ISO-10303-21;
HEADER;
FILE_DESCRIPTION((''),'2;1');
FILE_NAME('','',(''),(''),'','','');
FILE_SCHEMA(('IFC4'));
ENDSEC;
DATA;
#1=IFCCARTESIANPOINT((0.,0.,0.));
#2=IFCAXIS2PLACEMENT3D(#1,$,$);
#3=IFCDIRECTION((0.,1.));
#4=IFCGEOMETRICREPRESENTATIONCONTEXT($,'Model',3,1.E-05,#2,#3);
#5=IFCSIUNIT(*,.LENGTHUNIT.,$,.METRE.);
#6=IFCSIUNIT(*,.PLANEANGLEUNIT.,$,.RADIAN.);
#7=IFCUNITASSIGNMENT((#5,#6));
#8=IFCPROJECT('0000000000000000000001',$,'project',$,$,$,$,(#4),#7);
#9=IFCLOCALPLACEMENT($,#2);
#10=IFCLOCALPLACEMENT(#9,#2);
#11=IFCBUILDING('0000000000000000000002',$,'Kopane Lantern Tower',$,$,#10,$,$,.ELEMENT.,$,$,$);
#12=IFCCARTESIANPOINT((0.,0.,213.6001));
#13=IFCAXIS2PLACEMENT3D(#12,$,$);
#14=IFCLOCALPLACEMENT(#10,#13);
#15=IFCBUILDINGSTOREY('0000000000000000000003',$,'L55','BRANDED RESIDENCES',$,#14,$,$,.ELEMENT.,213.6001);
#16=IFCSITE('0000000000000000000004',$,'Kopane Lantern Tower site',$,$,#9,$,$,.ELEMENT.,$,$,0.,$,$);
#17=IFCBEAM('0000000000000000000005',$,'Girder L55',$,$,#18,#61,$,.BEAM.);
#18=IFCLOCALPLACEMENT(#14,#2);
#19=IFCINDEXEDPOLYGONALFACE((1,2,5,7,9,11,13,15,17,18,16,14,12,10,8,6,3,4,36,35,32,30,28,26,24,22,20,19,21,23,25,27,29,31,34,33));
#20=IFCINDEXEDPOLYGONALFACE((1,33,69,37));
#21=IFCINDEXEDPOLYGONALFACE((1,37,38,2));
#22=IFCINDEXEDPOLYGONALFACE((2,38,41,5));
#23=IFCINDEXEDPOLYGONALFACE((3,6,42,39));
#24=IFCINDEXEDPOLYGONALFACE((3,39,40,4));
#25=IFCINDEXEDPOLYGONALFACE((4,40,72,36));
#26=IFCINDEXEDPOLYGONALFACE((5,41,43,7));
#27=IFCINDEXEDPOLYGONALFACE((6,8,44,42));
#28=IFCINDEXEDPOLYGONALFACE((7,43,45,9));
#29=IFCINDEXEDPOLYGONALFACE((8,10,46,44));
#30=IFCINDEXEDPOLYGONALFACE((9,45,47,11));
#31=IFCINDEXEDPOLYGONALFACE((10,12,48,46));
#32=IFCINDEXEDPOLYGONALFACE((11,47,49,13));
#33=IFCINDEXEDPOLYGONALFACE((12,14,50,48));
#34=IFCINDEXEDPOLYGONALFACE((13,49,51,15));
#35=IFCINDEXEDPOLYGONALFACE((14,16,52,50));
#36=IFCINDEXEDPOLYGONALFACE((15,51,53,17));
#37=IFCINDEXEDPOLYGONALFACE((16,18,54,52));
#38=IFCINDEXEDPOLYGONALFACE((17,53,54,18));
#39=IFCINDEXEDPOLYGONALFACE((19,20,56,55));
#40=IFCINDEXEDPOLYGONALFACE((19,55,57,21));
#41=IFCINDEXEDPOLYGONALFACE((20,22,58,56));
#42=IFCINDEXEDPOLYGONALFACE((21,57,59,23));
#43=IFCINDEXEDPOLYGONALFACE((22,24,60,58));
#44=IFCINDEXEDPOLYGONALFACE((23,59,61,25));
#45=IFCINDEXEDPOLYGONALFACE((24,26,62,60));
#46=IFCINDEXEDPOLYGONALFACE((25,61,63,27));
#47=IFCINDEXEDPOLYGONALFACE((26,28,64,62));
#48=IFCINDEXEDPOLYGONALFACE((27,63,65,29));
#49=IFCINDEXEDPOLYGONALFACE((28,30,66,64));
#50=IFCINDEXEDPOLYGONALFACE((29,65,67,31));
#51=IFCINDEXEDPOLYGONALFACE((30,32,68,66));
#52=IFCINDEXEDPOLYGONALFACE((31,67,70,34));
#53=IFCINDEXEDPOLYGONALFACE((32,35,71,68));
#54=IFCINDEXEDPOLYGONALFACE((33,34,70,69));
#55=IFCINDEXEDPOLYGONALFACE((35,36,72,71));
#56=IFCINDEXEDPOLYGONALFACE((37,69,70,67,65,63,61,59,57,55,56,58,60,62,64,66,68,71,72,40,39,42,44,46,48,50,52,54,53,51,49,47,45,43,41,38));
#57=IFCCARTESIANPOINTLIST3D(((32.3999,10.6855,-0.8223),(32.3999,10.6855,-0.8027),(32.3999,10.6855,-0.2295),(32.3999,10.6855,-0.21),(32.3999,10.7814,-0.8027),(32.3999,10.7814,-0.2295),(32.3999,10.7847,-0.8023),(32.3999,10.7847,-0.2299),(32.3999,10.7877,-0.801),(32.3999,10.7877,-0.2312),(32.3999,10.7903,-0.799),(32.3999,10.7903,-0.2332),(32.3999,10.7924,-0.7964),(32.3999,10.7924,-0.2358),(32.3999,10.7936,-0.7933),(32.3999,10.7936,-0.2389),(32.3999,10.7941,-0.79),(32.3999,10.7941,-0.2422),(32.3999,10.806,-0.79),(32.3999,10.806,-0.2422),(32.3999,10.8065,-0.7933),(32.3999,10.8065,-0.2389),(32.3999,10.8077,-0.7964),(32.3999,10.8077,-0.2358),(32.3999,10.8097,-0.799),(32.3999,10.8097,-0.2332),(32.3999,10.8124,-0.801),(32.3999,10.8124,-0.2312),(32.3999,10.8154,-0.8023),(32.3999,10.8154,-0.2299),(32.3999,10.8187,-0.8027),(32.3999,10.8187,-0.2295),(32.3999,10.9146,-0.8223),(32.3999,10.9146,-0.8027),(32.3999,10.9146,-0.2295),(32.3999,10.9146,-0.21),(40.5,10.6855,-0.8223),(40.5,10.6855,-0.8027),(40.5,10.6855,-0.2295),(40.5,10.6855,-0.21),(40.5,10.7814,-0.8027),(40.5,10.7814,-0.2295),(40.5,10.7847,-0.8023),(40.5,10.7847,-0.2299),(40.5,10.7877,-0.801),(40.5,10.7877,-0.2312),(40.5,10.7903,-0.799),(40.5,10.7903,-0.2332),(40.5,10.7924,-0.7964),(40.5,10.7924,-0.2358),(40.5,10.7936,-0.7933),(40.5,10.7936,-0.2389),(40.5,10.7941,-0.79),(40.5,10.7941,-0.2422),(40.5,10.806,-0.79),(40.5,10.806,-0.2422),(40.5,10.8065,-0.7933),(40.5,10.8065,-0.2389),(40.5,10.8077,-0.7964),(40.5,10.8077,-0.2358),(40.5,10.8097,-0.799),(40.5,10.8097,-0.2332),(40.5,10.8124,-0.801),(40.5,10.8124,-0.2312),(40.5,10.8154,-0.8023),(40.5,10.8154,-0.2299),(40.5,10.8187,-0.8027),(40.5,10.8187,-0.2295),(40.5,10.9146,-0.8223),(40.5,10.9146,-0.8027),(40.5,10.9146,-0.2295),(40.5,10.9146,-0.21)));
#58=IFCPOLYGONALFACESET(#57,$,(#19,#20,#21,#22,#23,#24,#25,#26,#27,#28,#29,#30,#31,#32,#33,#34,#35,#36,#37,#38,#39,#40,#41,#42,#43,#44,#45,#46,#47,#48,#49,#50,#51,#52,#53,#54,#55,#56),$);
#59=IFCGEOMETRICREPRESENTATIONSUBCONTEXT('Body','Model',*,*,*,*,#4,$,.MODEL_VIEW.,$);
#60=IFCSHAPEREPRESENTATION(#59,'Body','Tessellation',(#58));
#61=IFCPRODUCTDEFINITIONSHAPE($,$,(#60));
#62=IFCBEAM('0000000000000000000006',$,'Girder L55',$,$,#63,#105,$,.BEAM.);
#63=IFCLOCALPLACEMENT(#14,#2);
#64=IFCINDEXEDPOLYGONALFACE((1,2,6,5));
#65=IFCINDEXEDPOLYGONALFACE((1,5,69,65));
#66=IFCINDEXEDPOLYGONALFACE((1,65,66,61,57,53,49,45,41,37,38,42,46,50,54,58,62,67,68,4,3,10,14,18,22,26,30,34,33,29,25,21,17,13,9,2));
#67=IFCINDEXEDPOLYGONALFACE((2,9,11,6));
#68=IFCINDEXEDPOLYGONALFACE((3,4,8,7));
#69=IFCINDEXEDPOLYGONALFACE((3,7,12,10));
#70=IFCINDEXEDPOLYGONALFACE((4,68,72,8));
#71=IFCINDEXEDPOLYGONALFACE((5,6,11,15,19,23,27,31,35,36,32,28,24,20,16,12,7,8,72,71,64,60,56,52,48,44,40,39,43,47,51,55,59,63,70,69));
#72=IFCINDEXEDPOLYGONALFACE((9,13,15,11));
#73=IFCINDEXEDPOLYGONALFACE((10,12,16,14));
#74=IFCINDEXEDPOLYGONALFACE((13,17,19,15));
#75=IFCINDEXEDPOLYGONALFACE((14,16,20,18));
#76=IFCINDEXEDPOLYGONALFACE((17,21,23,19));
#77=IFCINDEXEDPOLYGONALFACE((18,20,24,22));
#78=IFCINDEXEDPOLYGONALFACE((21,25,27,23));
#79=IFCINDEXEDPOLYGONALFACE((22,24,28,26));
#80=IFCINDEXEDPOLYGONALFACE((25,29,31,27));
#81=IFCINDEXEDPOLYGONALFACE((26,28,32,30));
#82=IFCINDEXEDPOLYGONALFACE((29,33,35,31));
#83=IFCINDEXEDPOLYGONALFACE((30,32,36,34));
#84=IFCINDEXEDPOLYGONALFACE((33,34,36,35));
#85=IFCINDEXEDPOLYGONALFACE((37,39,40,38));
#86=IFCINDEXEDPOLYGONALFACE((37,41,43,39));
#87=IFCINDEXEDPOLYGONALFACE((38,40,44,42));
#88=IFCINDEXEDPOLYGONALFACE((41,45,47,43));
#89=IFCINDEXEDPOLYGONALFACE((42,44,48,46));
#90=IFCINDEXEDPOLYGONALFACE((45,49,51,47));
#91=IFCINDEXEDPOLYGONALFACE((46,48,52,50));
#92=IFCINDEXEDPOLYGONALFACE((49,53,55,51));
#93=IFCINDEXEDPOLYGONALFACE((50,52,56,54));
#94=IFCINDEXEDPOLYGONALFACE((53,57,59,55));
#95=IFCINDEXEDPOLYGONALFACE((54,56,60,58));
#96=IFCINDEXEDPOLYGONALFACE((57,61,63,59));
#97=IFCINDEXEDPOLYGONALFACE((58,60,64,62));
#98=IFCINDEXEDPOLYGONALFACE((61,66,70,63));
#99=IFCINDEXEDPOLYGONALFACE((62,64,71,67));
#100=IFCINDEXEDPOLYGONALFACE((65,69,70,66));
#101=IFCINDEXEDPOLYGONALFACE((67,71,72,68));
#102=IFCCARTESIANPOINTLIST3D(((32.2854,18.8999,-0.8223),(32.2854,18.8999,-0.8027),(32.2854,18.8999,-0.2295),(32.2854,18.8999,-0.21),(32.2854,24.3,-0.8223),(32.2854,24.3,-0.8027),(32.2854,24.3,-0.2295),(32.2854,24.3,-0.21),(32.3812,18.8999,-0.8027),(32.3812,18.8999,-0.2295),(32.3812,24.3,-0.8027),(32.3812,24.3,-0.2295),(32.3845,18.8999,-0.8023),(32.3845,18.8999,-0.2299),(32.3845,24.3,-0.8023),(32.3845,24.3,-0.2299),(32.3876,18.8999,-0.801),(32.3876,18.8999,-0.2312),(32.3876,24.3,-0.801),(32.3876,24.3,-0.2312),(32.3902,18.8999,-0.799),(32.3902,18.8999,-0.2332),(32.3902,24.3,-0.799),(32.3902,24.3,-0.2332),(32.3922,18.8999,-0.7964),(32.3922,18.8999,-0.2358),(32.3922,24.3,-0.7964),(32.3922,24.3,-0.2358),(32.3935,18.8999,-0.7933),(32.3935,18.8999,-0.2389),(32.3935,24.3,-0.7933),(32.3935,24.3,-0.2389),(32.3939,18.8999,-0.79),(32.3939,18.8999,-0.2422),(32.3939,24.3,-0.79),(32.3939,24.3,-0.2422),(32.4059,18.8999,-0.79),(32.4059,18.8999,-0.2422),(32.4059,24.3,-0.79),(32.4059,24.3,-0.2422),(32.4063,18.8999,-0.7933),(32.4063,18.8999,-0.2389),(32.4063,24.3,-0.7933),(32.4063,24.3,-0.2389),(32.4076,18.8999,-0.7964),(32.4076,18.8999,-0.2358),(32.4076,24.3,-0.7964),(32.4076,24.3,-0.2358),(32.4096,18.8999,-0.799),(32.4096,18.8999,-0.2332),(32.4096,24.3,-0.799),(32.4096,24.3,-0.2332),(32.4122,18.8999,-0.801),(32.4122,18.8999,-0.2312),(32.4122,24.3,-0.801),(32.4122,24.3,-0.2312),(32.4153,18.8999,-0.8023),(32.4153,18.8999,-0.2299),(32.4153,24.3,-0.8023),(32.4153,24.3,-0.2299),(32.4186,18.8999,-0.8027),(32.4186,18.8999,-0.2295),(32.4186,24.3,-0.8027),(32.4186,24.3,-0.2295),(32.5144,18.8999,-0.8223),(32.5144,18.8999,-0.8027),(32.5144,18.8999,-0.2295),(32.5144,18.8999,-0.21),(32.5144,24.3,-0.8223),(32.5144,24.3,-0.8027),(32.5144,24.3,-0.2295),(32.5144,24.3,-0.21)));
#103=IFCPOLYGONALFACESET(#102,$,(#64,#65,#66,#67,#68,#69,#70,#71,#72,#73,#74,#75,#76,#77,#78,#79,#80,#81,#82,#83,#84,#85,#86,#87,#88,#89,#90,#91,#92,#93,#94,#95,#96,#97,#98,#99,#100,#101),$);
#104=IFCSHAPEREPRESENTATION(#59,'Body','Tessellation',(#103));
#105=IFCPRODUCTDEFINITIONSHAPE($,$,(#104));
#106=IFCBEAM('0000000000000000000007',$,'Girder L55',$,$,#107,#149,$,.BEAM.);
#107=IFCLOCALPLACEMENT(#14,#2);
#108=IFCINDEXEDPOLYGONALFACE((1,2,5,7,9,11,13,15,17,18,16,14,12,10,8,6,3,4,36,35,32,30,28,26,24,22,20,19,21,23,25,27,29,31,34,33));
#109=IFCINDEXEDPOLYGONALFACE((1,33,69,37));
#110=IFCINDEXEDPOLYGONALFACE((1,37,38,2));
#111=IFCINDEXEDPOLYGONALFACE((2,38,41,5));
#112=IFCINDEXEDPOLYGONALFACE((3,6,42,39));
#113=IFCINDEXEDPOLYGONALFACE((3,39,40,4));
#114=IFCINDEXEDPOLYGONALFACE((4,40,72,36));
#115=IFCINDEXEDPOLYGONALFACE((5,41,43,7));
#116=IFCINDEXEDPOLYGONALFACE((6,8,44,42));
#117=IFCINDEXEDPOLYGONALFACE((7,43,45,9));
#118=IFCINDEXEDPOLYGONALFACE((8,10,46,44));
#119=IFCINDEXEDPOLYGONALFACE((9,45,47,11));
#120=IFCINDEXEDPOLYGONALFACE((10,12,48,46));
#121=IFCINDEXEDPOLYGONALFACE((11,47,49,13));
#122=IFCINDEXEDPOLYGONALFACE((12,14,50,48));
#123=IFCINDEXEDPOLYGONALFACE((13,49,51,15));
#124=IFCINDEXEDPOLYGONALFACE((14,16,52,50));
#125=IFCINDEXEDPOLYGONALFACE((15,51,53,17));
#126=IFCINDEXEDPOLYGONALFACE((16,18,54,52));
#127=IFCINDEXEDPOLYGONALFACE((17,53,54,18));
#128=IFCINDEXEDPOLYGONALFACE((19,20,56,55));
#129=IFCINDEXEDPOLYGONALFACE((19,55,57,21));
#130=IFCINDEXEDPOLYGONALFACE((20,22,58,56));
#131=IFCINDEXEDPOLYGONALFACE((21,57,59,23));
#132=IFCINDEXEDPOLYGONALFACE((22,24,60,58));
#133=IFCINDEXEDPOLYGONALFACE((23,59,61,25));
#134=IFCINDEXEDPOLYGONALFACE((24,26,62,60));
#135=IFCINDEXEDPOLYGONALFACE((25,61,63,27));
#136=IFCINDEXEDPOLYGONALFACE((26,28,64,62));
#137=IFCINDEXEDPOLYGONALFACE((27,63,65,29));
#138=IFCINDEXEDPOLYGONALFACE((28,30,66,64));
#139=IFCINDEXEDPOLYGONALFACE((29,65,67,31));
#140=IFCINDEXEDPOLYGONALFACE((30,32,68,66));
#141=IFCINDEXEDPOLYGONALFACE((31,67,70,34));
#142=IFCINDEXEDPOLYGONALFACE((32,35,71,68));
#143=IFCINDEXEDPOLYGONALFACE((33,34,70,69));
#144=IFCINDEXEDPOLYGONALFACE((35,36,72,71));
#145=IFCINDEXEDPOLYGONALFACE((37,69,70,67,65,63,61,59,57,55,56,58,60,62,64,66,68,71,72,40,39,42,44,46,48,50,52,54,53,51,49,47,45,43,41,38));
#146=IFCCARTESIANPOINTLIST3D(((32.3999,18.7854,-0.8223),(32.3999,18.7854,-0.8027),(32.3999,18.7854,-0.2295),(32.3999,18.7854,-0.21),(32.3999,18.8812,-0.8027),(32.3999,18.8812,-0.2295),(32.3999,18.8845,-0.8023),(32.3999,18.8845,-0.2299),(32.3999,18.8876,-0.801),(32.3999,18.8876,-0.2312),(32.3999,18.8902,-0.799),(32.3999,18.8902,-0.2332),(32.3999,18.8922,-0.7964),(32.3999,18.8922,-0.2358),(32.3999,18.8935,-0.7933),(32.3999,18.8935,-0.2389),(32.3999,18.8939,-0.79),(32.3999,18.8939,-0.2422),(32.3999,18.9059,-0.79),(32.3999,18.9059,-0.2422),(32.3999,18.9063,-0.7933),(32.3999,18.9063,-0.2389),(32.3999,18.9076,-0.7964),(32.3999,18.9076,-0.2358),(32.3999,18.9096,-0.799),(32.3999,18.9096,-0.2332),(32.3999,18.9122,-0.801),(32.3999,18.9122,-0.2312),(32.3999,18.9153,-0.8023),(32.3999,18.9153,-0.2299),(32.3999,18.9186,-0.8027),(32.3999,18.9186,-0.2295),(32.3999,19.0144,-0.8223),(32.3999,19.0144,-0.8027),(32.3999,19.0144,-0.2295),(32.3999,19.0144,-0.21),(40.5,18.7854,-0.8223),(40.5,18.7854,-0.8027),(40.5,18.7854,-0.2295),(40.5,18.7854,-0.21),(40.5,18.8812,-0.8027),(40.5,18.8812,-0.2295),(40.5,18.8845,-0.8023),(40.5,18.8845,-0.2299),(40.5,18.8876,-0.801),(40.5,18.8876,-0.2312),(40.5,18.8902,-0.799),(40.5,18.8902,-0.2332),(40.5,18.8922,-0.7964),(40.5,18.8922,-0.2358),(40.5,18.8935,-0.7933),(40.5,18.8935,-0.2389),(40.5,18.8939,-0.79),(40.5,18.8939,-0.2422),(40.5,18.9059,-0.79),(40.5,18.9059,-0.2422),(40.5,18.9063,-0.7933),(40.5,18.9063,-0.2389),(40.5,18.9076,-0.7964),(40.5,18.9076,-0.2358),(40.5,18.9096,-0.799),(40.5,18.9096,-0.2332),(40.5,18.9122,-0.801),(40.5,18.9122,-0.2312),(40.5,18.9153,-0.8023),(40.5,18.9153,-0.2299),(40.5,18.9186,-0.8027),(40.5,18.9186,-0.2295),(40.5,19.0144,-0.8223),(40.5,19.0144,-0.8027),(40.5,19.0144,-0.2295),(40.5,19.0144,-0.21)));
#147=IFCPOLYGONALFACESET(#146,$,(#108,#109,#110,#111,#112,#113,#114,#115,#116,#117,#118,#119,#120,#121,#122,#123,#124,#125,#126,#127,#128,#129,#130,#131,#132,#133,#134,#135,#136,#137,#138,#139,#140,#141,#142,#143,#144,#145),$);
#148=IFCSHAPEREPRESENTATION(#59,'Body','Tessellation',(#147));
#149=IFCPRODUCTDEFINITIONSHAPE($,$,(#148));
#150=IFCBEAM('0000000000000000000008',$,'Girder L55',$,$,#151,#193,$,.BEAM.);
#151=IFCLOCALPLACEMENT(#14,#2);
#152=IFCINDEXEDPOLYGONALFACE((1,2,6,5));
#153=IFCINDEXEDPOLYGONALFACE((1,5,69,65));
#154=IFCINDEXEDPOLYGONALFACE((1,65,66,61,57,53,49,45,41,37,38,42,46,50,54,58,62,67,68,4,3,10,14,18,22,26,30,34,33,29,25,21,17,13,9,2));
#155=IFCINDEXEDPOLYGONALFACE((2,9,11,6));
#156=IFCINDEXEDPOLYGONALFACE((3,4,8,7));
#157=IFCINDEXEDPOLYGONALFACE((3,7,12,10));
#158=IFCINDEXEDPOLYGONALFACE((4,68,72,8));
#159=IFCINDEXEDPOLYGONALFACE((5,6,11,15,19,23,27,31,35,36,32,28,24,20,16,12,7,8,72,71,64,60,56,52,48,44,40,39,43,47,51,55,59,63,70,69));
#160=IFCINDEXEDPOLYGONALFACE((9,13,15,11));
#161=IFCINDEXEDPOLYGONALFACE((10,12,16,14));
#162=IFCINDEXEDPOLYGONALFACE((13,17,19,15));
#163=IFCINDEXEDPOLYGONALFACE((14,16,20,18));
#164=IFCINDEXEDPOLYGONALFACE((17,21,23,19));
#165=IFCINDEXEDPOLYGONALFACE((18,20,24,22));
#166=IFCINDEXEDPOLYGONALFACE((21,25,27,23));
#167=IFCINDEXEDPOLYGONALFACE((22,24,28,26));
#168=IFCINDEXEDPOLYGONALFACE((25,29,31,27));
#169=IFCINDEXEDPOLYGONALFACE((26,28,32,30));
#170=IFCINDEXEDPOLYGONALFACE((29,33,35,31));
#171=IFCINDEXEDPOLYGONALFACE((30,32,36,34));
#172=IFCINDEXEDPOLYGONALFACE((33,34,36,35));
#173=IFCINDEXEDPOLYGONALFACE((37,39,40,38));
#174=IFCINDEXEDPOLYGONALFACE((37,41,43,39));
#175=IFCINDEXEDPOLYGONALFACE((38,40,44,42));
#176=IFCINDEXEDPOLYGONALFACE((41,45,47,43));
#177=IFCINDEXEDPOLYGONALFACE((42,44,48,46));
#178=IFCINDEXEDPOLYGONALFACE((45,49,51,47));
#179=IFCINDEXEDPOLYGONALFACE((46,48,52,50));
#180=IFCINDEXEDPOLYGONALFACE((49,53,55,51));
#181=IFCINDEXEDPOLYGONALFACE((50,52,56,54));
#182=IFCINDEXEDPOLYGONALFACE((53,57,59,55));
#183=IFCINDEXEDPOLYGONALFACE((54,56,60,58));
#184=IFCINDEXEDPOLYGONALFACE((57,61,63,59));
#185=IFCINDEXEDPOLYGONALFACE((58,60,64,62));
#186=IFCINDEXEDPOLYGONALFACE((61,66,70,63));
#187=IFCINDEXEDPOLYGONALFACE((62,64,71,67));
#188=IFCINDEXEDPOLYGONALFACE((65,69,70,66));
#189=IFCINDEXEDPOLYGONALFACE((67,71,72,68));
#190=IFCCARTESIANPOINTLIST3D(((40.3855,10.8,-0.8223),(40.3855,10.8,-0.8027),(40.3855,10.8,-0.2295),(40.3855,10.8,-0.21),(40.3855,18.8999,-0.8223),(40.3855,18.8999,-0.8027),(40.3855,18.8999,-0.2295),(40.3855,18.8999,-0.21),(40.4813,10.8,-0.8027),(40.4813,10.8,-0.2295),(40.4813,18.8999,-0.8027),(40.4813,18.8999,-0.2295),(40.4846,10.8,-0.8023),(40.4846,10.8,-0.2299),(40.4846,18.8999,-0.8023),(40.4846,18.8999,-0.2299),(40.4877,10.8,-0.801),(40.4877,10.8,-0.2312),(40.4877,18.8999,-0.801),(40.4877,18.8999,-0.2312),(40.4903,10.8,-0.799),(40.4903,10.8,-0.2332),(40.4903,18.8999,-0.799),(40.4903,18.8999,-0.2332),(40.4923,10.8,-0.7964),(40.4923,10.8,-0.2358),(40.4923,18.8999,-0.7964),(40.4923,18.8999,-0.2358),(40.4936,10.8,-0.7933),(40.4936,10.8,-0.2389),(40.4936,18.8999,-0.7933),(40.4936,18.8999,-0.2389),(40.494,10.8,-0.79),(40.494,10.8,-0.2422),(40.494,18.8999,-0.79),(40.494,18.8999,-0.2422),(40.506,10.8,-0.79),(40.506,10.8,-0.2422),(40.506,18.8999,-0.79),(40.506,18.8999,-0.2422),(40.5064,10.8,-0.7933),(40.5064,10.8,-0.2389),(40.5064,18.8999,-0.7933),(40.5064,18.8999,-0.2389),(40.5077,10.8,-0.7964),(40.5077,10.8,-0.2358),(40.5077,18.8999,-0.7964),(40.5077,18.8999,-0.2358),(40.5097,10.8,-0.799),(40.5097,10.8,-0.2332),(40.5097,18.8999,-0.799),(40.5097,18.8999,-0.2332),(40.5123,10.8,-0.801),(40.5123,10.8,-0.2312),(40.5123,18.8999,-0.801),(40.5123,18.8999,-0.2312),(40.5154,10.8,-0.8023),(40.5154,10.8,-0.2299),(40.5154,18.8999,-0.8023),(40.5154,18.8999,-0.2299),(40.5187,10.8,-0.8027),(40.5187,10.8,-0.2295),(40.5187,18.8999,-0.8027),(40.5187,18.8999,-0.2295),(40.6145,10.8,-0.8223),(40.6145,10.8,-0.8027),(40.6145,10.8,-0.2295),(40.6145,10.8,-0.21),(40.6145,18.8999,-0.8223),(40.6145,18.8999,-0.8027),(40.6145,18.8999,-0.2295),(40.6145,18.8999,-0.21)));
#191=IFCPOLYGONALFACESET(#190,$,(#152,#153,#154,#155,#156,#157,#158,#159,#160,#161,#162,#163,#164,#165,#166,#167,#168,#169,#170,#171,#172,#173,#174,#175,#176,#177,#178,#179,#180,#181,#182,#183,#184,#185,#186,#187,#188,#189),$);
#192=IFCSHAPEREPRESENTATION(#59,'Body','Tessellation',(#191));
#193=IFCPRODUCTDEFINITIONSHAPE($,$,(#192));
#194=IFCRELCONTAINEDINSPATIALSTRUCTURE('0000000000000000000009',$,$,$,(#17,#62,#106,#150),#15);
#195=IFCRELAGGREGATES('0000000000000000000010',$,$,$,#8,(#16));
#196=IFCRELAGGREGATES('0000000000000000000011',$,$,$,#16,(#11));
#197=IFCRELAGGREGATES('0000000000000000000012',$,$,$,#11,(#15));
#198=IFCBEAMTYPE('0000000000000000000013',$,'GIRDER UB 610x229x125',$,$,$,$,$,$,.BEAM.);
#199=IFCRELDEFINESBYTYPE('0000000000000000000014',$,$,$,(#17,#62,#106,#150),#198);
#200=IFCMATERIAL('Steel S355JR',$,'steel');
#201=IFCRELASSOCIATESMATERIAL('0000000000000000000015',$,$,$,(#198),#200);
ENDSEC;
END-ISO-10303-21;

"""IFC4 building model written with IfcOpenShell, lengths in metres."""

from ifc_helpers import new_model, si_unit, direction, frame, origin, origin_2d, place, context, subcontext, project, spatial, i_section, extrude, material, material_profile, profile_set, type_object, element, save


model = new_model("IFC4")

# Units and contexts
model_context = context("Model", 3, precision=1e-05, world=origin(), true_north=direction((0.0, 1.0)))
body_context = subcontext(model_context, "Body", "Model", "MODEL_VIEW")
ifc_project = project(units=[si_unit("LENGTHUNIT", "METRE"), si_unit("PLANEANGLEUNIT", "RADIAN")], contexts=[model_context])

# Site, building, storey
site_placement = place(None, origin())
site = spatial("IfcSite", under=ifc_project, at=site_placement, Name="Kopane Lantern Tower site", CompositionType="ELEMENT", RefElevation=0.0)
building_placement = place(site_placement, origin())
building = spatial("IfcBuilding", under=site, at=building_placement, Name="Kopane Lantern Tower", CompositionType="ELEMENT")
storey_placement = place(building_placement, frame((0.0, 0.0, 213.6001)))
storey = spatial("IfcBuildingStorey", under=building, at=storey_placement, Name="L55", Description="BRANDED RESIDENCES", CompositionType="ELEMENT", Elevation=213.6001)

# Beams
ifc_material_1 = material(Name="Steel S355JR", Category="steel")
ifc_material_profile_1 = material_profile(ifc_material_1, i_section(OverallWidth=0.229, OverallDepth=0.6123, WebThickness=0.012, FlangeThickness=0.0195, FilletRadius=0.0127, at=origin_2d()), Name="UB 610x229x125")
ifc_profile_set_1 = profile_set([ifc_material_profile_1], Name="Steel S355JR")
beam_type = type_object("IfcBeamType", Name="GIRDER UB 610x229x125", PredefinedType="BEAM", material=ifc_profile_set_1)
beam_1_placement = place(storey_placement, frame((32.3999, 10.8, -0.5161), z_axis=(1.0, 0.0, 0.0), x_axis=(0.0, 1.0, 0.0)))
element("IfcBeam", 1, at=beam_1_placement, inside=storey, type_object=beam_type, Name="Girder L55", PredefinedType="BEAM", context=body_context, shape_type="SweptSolid", body=[
    extrude(i_section(OverallWidth=0.229, OverallDepth=0.6123, WebThickness=0.012, FlangeThickness=0.0195, FilletRadius=0.0127, at=origin_2d()), origin(), (0.0, 0.0, 1.0), 8.1001),
])
beam_2_placement = place(storey_placement, frame((32.3999, 18.8999, -0.5161), z_axis=(0.0, 1.0, 0.0), x_axis=(-1.0, 0.0, 0.0)))
element("IfcBeam", 2, at=beam_2_placement, inside=storey, type_object=beam_type, Name="Girder L55", PredefinedType="BEAM", context=body_context, shape_type="SweptSolid", body=[
    extrude(i_section(OverallWidth=0.229, OverallDepth=0.6123, WebThickness=0.012, FlangeThickness=0.0195, FilletRadius=0.0127, at=origin_2d()), origin(), (0.0, 0.0, 1.0), 5.4001),
])
beam_3_placement = place(storey_placement, frame((32.3999, 18.8999, -0.5161), z_axis=(1.0, 0.0, 0.0), x_axis=(0.0, 1.0, 0.0)))
element("IfcBeam", 3, at=beam_3_placement, inside=storey, type_object=beam_type, Name="Girder L55", PredefinedType="BEAM", context=body_context, shape_type="SweptSolid", body=[
    extrude(i_section(OverallWidth=0.229, OverallDepth=0.6123, WebThickness=0.012, FlangeThickness=0.0195, FilletRadius=0.0127, at=origin_2d()), origin(), (0.0, 0.0, 1.0), 8.1001),
])
beam_4_placement = place(storey_placement, frame((40.5, 10.8, -0.5161), z_axis=(0.0, 1.0, 0.0), x_axis=(-1.0, 0.0, 0.0)))
element("IfcBeam", 4, at=beam_4_placement, inside=storey, type_object=beam_type, Name="Girder L55", PredefinedType="BEAM", context=body_context, shape_type="SweptSolid", body=[
    extrude(i_section(OverallWidth=0.229, OverallDepth=0.6123, WebThickness=0.012, FlangeThickness=0.0195, FilletRadius=0.0127, at=origin_2d()), origin(), (0.0, 0.0, 1.0), 8.0999),
])

save(model, "model.ifc")
